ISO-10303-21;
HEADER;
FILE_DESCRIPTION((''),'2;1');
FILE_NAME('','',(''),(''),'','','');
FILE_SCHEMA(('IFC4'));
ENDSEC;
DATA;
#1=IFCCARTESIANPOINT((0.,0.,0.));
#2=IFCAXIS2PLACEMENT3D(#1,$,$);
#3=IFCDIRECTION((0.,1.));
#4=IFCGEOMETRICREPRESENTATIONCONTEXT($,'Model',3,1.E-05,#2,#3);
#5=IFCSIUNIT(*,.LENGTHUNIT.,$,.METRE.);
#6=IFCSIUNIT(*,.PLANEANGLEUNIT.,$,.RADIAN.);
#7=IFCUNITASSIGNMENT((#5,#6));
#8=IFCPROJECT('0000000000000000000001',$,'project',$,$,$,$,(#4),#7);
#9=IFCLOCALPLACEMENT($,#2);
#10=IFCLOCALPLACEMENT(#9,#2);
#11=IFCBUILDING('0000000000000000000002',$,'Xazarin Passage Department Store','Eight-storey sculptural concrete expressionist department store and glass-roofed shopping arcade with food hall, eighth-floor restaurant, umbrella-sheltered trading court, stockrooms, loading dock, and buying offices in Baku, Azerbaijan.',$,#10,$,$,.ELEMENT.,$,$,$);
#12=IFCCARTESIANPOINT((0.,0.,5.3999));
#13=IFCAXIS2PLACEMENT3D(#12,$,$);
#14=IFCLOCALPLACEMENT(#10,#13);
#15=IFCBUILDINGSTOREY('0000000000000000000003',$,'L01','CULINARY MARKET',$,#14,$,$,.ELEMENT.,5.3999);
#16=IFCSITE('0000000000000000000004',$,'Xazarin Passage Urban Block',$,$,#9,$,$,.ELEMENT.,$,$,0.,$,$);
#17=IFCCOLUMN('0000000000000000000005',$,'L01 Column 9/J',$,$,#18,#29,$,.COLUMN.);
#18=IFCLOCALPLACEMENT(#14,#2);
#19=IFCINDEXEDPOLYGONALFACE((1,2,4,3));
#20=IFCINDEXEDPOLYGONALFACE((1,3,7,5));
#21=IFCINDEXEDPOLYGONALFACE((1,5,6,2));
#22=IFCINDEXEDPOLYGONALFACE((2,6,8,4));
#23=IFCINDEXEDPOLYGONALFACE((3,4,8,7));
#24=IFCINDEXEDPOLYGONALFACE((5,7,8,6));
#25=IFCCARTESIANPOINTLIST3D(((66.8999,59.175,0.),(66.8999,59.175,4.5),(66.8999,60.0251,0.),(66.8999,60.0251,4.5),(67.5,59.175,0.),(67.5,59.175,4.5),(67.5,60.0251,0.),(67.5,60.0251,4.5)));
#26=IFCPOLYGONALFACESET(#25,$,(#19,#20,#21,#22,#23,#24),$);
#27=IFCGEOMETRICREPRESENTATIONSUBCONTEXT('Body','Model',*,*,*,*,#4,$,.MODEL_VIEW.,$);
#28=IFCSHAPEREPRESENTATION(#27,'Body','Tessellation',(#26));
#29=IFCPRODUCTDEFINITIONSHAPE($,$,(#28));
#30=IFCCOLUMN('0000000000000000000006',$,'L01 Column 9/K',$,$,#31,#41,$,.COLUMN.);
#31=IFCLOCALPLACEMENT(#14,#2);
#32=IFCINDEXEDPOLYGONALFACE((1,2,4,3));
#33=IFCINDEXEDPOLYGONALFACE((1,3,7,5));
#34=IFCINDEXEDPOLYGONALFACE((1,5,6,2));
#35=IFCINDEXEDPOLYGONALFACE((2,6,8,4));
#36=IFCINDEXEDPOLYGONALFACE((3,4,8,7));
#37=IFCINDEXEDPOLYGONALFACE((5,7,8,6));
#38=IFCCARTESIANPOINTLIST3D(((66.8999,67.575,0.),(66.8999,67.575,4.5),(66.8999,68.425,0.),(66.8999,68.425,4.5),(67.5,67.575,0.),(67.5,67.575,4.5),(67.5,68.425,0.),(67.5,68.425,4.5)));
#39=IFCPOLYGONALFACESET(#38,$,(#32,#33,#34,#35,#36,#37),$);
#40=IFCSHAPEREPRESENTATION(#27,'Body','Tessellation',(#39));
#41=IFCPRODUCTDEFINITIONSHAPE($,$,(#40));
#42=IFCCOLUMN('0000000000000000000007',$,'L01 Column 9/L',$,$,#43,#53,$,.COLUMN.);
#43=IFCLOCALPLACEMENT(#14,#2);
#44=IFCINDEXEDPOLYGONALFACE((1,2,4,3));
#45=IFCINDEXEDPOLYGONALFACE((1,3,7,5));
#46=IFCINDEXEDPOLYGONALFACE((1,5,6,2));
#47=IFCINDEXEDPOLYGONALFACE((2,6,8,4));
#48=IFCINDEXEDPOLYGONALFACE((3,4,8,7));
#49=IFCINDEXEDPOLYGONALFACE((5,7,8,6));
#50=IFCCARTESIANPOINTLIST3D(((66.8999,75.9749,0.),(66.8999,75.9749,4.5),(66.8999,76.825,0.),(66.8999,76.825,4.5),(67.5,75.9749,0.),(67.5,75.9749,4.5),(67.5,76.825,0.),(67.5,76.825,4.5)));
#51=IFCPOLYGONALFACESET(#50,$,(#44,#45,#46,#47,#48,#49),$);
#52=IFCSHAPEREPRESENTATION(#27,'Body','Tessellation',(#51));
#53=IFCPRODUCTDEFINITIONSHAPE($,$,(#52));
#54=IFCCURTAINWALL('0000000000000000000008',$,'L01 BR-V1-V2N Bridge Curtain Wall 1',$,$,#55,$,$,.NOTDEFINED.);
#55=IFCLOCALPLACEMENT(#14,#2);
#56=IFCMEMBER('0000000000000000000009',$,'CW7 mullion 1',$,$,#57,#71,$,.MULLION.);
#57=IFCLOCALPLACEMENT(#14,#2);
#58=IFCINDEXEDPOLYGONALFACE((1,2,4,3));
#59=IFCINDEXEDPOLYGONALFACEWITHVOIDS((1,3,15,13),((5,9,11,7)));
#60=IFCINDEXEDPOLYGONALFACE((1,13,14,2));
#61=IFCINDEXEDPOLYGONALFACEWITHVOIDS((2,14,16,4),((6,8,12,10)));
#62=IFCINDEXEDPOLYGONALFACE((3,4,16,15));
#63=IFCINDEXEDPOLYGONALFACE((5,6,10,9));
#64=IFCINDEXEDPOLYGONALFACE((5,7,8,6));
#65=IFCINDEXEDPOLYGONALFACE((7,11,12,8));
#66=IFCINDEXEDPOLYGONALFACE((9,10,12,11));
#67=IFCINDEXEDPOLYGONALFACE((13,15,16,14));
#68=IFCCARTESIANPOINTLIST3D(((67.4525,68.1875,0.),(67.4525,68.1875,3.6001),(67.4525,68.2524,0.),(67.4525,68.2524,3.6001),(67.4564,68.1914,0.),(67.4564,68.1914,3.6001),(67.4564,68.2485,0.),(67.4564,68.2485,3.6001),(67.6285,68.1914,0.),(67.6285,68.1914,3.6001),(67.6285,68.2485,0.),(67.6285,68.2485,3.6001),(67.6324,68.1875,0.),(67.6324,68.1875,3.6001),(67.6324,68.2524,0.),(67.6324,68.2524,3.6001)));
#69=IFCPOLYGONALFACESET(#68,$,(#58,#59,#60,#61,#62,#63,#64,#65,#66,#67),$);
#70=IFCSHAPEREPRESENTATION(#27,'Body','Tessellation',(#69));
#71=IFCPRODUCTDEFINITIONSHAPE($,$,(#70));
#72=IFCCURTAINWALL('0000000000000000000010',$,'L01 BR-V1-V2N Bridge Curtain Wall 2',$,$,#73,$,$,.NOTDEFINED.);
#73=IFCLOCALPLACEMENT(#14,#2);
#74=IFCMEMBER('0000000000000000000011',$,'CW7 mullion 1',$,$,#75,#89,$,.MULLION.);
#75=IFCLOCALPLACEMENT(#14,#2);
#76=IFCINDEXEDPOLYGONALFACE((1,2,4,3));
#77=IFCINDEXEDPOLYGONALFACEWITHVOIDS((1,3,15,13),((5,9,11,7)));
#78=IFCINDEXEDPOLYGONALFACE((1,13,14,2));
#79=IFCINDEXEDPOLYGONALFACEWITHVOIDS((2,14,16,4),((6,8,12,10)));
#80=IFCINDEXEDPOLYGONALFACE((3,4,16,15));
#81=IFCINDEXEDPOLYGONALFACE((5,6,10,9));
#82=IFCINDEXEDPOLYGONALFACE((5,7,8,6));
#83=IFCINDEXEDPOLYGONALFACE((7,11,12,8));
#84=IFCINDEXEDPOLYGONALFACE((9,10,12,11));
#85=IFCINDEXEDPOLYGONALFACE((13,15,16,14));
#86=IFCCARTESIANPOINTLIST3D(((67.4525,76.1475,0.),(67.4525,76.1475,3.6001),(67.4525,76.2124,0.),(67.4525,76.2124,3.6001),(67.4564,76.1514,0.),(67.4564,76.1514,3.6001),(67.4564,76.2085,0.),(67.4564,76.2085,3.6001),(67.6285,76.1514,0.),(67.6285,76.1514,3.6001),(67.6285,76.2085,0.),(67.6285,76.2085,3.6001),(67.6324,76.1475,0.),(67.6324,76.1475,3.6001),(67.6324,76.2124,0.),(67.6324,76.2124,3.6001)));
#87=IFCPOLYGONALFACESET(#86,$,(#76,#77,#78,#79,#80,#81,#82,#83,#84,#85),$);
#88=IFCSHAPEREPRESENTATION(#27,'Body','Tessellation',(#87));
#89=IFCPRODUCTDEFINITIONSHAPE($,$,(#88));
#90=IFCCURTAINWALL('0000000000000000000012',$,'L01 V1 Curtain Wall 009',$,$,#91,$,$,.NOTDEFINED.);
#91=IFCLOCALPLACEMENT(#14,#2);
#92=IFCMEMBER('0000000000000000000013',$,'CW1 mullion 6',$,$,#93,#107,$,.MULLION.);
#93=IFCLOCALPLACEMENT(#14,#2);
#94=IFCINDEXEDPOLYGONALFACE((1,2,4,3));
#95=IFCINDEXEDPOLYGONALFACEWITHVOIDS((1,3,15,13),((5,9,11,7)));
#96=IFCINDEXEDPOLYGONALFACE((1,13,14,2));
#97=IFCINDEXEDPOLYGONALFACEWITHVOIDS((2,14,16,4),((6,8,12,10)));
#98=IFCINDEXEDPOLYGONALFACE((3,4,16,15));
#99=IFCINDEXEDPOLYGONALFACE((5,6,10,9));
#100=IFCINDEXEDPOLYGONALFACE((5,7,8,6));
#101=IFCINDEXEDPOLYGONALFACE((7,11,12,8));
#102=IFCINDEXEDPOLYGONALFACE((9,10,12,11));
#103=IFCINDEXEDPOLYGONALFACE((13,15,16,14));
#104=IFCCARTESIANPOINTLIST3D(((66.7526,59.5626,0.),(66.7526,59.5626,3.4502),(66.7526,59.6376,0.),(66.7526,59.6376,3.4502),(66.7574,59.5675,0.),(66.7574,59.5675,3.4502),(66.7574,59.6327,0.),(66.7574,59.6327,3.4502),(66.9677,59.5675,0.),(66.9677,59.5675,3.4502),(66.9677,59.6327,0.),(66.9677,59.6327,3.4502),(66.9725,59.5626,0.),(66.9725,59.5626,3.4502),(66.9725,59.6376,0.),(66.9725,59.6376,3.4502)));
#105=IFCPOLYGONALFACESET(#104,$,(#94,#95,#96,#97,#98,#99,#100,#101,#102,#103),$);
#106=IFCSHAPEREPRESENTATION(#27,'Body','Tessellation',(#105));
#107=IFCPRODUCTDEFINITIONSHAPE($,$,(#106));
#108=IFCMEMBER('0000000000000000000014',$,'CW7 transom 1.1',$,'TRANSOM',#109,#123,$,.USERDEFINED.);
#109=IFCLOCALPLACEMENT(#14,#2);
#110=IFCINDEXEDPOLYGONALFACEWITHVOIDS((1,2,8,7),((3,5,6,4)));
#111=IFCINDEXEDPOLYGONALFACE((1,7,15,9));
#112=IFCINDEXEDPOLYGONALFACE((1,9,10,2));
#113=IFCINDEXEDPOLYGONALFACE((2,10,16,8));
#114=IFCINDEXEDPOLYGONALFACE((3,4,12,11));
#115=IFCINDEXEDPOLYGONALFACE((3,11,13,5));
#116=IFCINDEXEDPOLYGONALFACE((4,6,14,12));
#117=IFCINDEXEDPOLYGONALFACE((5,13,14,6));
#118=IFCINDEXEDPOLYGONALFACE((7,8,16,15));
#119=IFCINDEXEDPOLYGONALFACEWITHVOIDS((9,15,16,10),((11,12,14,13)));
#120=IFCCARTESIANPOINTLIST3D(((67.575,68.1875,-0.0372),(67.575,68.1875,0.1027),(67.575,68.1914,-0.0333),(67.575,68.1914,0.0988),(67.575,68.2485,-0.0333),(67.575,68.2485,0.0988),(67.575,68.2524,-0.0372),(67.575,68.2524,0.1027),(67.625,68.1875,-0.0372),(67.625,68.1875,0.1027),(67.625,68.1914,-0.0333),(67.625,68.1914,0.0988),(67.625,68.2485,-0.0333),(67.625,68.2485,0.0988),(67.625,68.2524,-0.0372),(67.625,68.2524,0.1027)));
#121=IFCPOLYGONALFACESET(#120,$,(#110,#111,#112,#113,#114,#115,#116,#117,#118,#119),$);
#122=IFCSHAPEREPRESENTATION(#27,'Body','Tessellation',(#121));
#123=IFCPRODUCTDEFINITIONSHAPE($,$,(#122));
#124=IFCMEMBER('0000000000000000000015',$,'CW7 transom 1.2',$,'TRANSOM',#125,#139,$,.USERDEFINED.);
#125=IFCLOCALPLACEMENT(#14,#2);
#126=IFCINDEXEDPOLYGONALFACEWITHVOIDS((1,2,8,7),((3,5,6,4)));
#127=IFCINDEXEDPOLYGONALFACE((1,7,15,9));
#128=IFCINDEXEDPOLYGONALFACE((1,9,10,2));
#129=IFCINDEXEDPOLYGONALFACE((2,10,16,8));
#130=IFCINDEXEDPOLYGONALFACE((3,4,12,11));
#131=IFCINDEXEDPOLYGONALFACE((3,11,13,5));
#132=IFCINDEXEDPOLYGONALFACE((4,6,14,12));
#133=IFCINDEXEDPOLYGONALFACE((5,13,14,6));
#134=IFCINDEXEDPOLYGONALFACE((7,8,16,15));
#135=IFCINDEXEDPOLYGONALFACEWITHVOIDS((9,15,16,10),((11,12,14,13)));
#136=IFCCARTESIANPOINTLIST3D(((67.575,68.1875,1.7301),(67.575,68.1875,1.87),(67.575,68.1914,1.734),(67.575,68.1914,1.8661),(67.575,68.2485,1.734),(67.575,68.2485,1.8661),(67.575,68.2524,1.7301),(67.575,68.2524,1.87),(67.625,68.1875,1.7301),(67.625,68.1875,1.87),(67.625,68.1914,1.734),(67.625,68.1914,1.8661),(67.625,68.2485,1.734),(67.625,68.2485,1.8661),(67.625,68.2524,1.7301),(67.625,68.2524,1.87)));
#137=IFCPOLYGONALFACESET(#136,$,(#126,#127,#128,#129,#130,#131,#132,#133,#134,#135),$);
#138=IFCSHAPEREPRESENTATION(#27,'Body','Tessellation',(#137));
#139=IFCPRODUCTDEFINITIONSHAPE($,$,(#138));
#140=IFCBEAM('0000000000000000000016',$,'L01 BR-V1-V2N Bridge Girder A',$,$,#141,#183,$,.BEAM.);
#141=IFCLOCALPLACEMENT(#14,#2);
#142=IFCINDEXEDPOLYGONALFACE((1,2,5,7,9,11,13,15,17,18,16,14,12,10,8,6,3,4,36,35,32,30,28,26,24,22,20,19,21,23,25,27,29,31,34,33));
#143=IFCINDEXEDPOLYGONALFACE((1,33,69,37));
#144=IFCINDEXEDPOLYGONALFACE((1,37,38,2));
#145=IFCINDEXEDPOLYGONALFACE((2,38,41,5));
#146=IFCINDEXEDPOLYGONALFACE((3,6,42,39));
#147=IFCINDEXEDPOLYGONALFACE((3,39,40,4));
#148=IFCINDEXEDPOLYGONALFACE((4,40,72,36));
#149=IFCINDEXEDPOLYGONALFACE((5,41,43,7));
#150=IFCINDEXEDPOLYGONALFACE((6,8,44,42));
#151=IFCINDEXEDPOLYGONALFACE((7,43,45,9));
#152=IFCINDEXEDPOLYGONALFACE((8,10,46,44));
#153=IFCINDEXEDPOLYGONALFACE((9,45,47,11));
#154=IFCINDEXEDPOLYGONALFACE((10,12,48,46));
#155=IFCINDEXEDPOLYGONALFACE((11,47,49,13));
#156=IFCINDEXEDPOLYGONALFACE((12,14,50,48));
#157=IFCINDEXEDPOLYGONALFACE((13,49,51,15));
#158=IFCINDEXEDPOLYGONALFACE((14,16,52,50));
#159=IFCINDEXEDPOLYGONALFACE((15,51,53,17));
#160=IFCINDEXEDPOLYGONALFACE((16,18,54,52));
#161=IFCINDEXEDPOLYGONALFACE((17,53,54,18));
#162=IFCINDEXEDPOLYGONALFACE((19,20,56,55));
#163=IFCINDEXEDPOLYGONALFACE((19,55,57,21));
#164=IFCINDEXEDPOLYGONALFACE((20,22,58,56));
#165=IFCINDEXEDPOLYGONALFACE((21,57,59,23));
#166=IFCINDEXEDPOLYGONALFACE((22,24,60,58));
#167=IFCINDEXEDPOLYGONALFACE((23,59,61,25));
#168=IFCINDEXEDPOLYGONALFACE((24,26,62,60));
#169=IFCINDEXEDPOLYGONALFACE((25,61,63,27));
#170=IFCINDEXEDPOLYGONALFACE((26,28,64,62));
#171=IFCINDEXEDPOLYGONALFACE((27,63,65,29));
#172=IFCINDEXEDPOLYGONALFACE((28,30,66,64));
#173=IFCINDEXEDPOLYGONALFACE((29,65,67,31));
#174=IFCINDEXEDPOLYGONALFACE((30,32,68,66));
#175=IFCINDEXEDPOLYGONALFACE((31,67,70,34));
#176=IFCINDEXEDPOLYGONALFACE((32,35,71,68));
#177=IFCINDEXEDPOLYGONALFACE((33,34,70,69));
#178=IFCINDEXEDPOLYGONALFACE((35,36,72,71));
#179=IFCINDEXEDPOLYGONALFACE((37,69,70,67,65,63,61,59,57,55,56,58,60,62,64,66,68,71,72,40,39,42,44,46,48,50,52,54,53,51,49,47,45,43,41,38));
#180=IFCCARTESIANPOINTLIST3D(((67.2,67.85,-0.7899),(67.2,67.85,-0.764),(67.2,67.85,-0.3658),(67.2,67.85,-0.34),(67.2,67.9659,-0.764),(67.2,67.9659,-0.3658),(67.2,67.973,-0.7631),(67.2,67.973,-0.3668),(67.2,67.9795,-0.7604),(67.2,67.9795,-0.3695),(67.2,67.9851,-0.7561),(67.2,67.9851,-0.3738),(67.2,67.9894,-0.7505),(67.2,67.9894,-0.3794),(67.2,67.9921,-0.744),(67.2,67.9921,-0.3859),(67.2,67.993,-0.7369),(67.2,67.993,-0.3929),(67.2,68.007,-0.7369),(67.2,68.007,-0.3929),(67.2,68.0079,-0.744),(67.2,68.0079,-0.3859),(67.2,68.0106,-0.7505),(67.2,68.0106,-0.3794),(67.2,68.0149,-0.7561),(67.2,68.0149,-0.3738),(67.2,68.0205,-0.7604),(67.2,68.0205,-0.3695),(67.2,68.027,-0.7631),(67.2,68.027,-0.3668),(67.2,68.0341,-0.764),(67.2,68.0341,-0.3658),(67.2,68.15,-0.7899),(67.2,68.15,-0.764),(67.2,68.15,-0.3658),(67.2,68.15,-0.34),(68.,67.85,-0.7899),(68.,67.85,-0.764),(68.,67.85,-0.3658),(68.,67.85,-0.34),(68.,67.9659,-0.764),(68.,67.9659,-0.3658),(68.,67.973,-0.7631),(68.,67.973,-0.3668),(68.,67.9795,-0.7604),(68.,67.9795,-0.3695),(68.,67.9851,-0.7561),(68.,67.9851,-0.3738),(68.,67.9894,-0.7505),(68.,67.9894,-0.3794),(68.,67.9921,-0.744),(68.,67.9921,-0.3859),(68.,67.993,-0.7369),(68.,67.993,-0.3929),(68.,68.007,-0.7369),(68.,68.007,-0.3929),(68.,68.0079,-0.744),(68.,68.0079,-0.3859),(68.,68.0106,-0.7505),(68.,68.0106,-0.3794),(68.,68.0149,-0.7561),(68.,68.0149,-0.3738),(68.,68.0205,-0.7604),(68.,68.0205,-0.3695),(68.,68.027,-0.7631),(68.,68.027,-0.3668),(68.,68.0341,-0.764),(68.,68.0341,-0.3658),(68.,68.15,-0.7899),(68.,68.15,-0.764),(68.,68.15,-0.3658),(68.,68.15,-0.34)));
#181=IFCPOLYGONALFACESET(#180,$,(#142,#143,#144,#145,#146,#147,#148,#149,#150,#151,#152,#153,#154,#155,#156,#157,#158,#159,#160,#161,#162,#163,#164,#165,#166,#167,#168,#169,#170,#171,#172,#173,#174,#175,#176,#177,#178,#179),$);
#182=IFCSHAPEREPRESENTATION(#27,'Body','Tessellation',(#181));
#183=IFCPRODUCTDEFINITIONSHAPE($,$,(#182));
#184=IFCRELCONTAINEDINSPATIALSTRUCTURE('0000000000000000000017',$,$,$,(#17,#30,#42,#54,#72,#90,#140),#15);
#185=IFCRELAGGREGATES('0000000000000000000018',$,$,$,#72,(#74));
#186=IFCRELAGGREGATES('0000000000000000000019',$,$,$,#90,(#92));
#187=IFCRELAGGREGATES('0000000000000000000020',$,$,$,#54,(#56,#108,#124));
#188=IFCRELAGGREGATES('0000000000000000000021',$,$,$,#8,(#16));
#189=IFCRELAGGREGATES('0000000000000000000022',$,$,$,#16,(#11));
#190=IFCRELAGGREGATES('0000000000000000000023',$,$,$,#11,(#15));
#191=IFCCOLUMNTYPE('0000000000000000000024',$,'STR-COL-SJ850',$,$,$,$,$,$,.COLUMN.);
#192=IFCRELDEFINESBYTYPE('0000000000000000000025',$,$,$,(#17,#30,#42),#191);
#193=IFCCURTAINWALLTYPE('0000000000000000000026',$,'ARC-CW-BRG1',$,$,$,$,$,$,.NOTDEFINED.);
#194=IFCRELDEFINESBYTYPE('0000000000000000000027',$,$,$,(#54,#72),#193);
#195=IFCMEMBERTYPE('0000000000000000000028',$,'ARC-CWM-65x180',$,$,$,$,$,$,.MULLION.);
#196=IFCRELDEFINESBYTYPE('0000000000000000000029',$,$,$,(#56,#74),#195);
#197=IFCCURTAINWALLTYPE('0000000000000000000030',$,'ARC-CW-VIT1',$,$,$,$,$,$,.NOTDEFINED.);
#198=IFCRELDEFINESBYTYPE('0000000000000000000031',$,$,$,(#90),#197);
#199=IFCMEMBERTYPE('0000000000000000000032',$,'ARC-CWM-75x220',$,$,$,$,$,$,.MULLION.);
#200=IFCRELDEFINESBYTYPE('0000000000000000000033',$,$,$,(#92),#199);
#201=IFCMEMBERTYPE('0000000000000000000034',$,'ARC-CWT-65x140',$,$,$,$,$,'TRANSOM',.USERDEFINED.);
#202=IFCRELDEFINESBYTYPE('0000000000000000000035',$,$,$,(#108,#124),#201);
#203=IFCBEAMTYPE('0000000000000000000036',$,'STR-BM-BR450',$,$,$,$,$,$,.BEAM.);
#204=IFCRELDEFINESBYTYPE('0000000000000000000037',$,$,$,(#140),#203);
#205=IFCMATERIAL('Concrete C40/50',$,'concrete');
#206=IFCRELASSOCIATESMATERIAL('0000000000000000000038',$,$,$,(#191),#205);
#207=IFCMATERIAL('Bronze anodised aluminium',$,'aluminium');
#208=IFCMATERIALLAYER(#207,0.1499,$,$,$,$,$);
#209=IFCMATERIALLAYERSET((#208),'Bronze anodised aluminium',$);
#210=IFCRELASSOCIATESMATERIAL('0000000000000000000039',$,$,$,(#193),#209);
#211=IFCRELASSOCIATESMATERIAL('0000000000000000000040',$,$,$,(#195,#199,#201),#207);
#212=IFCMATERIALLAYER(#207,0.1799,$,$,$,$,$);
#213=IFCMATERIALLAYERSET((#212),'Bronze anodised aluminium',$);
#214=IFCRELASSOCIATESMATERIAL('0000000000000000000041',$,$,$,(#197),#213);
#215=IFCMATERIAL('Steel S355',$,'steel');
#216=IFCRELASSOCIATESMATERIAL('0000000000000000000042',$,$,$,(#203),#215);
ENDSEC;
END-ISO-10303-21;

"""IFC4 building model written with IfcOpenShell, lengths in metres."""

from ifc_helpers import new_model, si_unit, direction, frame, origin, origin_2d, place, context, subcontext, project, spatial, rectangle, hollow_rectangle, i_section, extrude, material, layer, layer_set, material_profile, profile_set, type_object, element, aggregate, save


model = new_model("IFC4")

# Units and contexts
model_context = context("Model", 3, precision=1e-05, world=origin(), true_north=direction((0.0, 1.0)))
body_context = subcontext(model_context, "Body", "Model", "MODEL_VIEW")
ifc_project = project(units=[si_unit("LENGTHUNIT", "METRE"), si_unit("PLANEANGLEUNIT", "RADIAN")], contexts=[model_context])

# Site, building, storey
site_placement = place(None, origin())
site = spatial("IfcSite", under=ifc_project, at=site_placement, Name="Xazarin Passage Urban Block", CompositionType="ELEMENT", RefElevation=0.0)
building_placement = place(site_placement, origin())
building = spatial("IfcBuilding", under=site, at=building_placement, Name="Xazarin Passage Department Store", Description="Eight-storey sculptural concrete expressionist department store and glass-roofed shopping arcade with food hall, eighth-floor restaurant, umbrella-sheltered trading court, stockrooms, loading dock, and buying offices in Baku, Azerbaijan.", CompositionType="ELEMENT")
storey_placement = place(building_placement, frame((0.0, 0.0, 5.3999)))
storey = spatial("IfcBuildingStorey", under=building, at=storey_placement, Name="L01", Description="CULINARY MARKET", CompositionType="ELEMENT", Elevation=5.3999)

# Columns
ifc_material_1 = material(Name="Concrete C40/50", Category="concrete")
ifc_material_profile_1 = material_profile(ifc_material_1, rectangle(XDim=0.6001, YDim=0.8501, at=origin_2d()), Name="RC 600x850")
ifc_profile_set_1 = profile_set([ifc_material_profile_1], Name="Concrete C40/50")
column_type = type_object("IfcColumnType", Name="STR-COL-SJ850", PredefinedType="COLUMN", material=ifc_profile_set_1)
for number, where, z_axis, x_axis, name in (
    (1, (67.2, 59.6001, 0.0), (0.0, 0.0, 1.0), (1.0, 0.0, 0.0), "L01 Column 9/J"),
    (2, (67.2, 68.0, 0.0), (0.0, 0.0, 1.0), (1.0, 0.0, 0.0), "L01 Column 9/K"),
    (3, (67.2, 76.3999, 0.0), (0.0, 0.0, 1.0), (1.0, 0.0, 0.0), "L01 Column 9/L"),
):
    element("IfcColumn", number, at=place(storey_placement, frame(where, z_axis=z_axis, x_axis=x_axis)), inside=storey, type_object=column_type, Name=name, PredefinedType="COLUMN", context=body_context, shape_type="SweptSolid", body=[
        extrude(rectangle(XDim=0.6001, YDim=0.8501, at=origin_2d()), origin(), (0.0, 0.0, 1.0), 4.5),
    ])

# Curtain walls, members
ifc_material_2 = material(Name="Bronze anodised aluminium", Category="aluminium")
ifc_layer_1 = layer(ifc_material_2, 0.1499)
ifc_layer_set_1 = layer_set([ifc_layer_1], Name="Bronze anodised aluminium")
curtain_wall_type_1 = type_object("IfcCurtainWallType", Name="ARC-CW-BRG1", PredefinedType="NOTDEFINED", material=ifc_layer_set_1)
curtain_wall_1_placement = place(storey_placement, origin())
curtain_wall_1 = element("IfcCurtainWall", 4, at=curtain_wall_1_placement, inside=storey, type_object=curtain_wall_type_1, Name="L01 BR-V1-V2N Bridge Curtain Wall 1", PredefinedType="NOTDEFINED")
ifc_material_profile_2 = material_profile(ifc_material_2, hollow_rectangle(XDim=0.0649, YDim=0.1799, WallThickness=0.0039, at=origin_2d()), Name="ALU 65x180")
ifc_profile_set_2 = profile_set([ifc_material_profile_2], Name="Bronze anodised aluminium")
member_type_1 = type_object("IfcMemberType", Name="ARC-CWM-65x180", PredefinedType="MULLION", material=ifc_profile_set_2)
member_1_placement = place(storey_placement, frame((67.5425, 68.22, 0.0), z_axis=(0.0, 0.0, 1.0), x_axis=(0.0, 1.0, 0.0)))
member_1 = element("IfcMember", 5, at=member_1_placement, type_object=member_type_1, Name="CW7 mullion 1", PredefinedType="MULLION", context=body_context, shape_type="SweptSolid", body=[
    extrude(hollow_rectangle(XDim=0.0649, YDim=0.1799, WallThickness=0.0039, at=origin_2d()), origin(), (0.0, 0.0, 1.0), 3.6001),
])
curtain_wall_2_placement = place(storey_placement, origin())
curtain_wall_2 = element("IfcCurtainWall", 6, at=curtain_wall_2_placement, inside=storey, type_object=curtain_wall_type_1, Name="L01 BR-V1-V2N Bridge Curtain Wall 2", PredefinedType="NOTDEFINED")
member_2_placement = place(storey_placement, frame((67.5425, 76.1799, 0.0), z_axis=(0.0, 0.0, 1.0), x_axis=(0.0, 1.0, 0.0)))
member_2 = element("IfcMember", 7, at=member_2_placement, type_object=member_type_1, Name="CW7 mullion 1", PredefinedType="MULLION", context=body_context, shape_type="SweptSolid", body=[
    extrude(hollow_rectangle(XDim=0.0649, YDim=0.1799, WallThickness=0.0039, at=origin_2d()), origin(), (0.0, 0.0, 1.0), 3.6001),
])
aggregate(curtain_wall_2, [member_2])
ifc_layer_2 = layer(ifc_material_2, 0.1799)
ifc_layer_set_2 = layer_set([ifc_layer_2], Name="Bronze anodised aluminium")
curtain_wall_type_2 = type_object("IfcCurtainWallType", Name="ARC-CW-VIT1", PredefinedType="NOTDEFINED", material=ifc_layer_set_2)
curtain_wall_3_placement = place(storey_placement, origin())
curtain_wall_3 = element("IfcCurtainWall", 8, at=curtain_wall_3_placement, inside=storey, type_object=curtain_wall_type_2, Name="L01 V1 Curtain Wall 009", PredefinedType="NOTDEFINED")
ifc_material_profile_3 = material_profile(ifc_material_2, hollow_rectangle(XDim=0.075, YDim=0.22, WallThickness=0.0049, at=origin_2d()), Name="ALU 75x220")
ifc_profile_set_3 = profile_set([ifc_material_profile_3], Name="Bronze anodised aluminium")
member_type_2 = type_object("IfcMemberType", Name="ARC-CWM-75x220", PredefinedType="MULLION", material=ifc_profile_set_3)
member_3_placement = place(storey_placement, frame((66.8625, 59.6001, 0.0), z_axis=(0.0, 0.0, 1.0), x_axis=(0.0, 1.0, 0.0)))
member_3 = element("IfcMember", 9, at=member_3_placement, type_object=member_type_2, Name="CW1 mullion 6", PredefinedType="MULLION", context=body_context, shape_type="SweptSolid", body=[
    extrude(hollow_rectangle(XDim=0.075, YDim=0.22, WallThickness=0.0049, at=origin_2d()), origin(), (0.0, 0.0, 1.0), 3.4502),
])
aggregate(curtain_wall_3, [member_3])

# Members
ifc_material_profile_4 = material_profile(ifc_material_2, hollow_rectangle(XDim=0.0649, YDim=0.1399, WallThickness=0.0039, at=origin_2d()), Name="ALU 65x140")
ifc_profile_set_4 = profile_set([ifc_material_profile_4], Name="Bronze anodised aluminium")
member_type_3 = type_object("IfcMemberType", Name="ARC-CWT-65x140", ElementType="TRANSOM", PredefinedType="USERDEFINED", material=ifc_profile_set_4)
member_4_placement = place(storey_placement, frame((67.575, 68.22, 0.0327), z_axis=(1.0, 0.0, 0.0), x_axis=(0.0, 1.0, 0.0)))
member_4 = element("IfcMember", 10, at=member_4_placement, type_object=member_type_3, Name="CW7 transom 1.1", ObjectType="TRANSOM", PredefinedType="USERDEFINED", context=body_context, shape_type="SweptSolid", body=[
    extrude(hollow_rectangle(XDim=0.0649, YDim=0.1399, WallThickness=0.0039, at=origin_2d()), origin(), (0.0, 0.0, 1.0), 0.05),
])
member_5_placement = place(storey_placement, frame((67.575, 68.22, 1.8), z_axis=(1.0, 0.0, 0.0), x_axis=(0.0, 1.0, 0.0)))
member_5 = element("IfcMember", 11, at=member_5_placement, type_object=member_type_3, Name="CW7 transom 1.2", ObjectType="TRANSOM", PredefinedType="USERDEFINED", context=body_context, shape_type="SweptSolid", body=[
    extrude(hollow_rectangle(XDim=0.0649, YDim=0.1399, WallThickness=0.0039, at=origin_2d()), origin(), (0.0, 0.0, 1.0), 0.05),
])
aggregate(curtain_wall_1, [member_1, member_4, member_5])

# Beam
ifc_material_3 = material(Name="Steel S355", Category="steel")
ifc_material_profile_5 = material_profile(ifc_material_3, i_section(OverallWidth=0.3, OverallDepth=0.45, WebThickness=0.0139, FlangeThickness=0.0259, FilletRadius=0.0271, at=origin_2d()), Name="HEB 450")
ifc_profile_set_5 = profile_set([ifc_material_profile_5], Name="Steel S355")
beam_type_1 = type_object("IfcBeamType", Name="STR-BM-BR450", PredefinedType="BEAM", material=ifc_profile_set_5)
for number, where, z_axis, x_axis, name in (
    (12, (67.2, 68.0, -0.5649), (1.0, 0.0, 0.0), (0.0, 1.0, 0.0), "L01 BR-V1-V2N Bridge Girder A"),
):
    element("IfcBeam", number, at=place(storey_placement, frame(where, z_axis=z_axis, x_axis=x_axis)), inside=storey, type_object=beam_type_1, Name=name, PredefinedType="BEAM", context=body_context, shape_type="SweptSolid", body=[
        extrude(i_section(OverallWidth=0.3, OverallDepth=0.45, WebThickness=0.0139, FlangeThickness=0.0259, FilletRadius=0.0271, at=origin_2d()), origin(), (0.0, 0.0, 1.0), 0.8),
    ])

save(model, "model.ifc")
